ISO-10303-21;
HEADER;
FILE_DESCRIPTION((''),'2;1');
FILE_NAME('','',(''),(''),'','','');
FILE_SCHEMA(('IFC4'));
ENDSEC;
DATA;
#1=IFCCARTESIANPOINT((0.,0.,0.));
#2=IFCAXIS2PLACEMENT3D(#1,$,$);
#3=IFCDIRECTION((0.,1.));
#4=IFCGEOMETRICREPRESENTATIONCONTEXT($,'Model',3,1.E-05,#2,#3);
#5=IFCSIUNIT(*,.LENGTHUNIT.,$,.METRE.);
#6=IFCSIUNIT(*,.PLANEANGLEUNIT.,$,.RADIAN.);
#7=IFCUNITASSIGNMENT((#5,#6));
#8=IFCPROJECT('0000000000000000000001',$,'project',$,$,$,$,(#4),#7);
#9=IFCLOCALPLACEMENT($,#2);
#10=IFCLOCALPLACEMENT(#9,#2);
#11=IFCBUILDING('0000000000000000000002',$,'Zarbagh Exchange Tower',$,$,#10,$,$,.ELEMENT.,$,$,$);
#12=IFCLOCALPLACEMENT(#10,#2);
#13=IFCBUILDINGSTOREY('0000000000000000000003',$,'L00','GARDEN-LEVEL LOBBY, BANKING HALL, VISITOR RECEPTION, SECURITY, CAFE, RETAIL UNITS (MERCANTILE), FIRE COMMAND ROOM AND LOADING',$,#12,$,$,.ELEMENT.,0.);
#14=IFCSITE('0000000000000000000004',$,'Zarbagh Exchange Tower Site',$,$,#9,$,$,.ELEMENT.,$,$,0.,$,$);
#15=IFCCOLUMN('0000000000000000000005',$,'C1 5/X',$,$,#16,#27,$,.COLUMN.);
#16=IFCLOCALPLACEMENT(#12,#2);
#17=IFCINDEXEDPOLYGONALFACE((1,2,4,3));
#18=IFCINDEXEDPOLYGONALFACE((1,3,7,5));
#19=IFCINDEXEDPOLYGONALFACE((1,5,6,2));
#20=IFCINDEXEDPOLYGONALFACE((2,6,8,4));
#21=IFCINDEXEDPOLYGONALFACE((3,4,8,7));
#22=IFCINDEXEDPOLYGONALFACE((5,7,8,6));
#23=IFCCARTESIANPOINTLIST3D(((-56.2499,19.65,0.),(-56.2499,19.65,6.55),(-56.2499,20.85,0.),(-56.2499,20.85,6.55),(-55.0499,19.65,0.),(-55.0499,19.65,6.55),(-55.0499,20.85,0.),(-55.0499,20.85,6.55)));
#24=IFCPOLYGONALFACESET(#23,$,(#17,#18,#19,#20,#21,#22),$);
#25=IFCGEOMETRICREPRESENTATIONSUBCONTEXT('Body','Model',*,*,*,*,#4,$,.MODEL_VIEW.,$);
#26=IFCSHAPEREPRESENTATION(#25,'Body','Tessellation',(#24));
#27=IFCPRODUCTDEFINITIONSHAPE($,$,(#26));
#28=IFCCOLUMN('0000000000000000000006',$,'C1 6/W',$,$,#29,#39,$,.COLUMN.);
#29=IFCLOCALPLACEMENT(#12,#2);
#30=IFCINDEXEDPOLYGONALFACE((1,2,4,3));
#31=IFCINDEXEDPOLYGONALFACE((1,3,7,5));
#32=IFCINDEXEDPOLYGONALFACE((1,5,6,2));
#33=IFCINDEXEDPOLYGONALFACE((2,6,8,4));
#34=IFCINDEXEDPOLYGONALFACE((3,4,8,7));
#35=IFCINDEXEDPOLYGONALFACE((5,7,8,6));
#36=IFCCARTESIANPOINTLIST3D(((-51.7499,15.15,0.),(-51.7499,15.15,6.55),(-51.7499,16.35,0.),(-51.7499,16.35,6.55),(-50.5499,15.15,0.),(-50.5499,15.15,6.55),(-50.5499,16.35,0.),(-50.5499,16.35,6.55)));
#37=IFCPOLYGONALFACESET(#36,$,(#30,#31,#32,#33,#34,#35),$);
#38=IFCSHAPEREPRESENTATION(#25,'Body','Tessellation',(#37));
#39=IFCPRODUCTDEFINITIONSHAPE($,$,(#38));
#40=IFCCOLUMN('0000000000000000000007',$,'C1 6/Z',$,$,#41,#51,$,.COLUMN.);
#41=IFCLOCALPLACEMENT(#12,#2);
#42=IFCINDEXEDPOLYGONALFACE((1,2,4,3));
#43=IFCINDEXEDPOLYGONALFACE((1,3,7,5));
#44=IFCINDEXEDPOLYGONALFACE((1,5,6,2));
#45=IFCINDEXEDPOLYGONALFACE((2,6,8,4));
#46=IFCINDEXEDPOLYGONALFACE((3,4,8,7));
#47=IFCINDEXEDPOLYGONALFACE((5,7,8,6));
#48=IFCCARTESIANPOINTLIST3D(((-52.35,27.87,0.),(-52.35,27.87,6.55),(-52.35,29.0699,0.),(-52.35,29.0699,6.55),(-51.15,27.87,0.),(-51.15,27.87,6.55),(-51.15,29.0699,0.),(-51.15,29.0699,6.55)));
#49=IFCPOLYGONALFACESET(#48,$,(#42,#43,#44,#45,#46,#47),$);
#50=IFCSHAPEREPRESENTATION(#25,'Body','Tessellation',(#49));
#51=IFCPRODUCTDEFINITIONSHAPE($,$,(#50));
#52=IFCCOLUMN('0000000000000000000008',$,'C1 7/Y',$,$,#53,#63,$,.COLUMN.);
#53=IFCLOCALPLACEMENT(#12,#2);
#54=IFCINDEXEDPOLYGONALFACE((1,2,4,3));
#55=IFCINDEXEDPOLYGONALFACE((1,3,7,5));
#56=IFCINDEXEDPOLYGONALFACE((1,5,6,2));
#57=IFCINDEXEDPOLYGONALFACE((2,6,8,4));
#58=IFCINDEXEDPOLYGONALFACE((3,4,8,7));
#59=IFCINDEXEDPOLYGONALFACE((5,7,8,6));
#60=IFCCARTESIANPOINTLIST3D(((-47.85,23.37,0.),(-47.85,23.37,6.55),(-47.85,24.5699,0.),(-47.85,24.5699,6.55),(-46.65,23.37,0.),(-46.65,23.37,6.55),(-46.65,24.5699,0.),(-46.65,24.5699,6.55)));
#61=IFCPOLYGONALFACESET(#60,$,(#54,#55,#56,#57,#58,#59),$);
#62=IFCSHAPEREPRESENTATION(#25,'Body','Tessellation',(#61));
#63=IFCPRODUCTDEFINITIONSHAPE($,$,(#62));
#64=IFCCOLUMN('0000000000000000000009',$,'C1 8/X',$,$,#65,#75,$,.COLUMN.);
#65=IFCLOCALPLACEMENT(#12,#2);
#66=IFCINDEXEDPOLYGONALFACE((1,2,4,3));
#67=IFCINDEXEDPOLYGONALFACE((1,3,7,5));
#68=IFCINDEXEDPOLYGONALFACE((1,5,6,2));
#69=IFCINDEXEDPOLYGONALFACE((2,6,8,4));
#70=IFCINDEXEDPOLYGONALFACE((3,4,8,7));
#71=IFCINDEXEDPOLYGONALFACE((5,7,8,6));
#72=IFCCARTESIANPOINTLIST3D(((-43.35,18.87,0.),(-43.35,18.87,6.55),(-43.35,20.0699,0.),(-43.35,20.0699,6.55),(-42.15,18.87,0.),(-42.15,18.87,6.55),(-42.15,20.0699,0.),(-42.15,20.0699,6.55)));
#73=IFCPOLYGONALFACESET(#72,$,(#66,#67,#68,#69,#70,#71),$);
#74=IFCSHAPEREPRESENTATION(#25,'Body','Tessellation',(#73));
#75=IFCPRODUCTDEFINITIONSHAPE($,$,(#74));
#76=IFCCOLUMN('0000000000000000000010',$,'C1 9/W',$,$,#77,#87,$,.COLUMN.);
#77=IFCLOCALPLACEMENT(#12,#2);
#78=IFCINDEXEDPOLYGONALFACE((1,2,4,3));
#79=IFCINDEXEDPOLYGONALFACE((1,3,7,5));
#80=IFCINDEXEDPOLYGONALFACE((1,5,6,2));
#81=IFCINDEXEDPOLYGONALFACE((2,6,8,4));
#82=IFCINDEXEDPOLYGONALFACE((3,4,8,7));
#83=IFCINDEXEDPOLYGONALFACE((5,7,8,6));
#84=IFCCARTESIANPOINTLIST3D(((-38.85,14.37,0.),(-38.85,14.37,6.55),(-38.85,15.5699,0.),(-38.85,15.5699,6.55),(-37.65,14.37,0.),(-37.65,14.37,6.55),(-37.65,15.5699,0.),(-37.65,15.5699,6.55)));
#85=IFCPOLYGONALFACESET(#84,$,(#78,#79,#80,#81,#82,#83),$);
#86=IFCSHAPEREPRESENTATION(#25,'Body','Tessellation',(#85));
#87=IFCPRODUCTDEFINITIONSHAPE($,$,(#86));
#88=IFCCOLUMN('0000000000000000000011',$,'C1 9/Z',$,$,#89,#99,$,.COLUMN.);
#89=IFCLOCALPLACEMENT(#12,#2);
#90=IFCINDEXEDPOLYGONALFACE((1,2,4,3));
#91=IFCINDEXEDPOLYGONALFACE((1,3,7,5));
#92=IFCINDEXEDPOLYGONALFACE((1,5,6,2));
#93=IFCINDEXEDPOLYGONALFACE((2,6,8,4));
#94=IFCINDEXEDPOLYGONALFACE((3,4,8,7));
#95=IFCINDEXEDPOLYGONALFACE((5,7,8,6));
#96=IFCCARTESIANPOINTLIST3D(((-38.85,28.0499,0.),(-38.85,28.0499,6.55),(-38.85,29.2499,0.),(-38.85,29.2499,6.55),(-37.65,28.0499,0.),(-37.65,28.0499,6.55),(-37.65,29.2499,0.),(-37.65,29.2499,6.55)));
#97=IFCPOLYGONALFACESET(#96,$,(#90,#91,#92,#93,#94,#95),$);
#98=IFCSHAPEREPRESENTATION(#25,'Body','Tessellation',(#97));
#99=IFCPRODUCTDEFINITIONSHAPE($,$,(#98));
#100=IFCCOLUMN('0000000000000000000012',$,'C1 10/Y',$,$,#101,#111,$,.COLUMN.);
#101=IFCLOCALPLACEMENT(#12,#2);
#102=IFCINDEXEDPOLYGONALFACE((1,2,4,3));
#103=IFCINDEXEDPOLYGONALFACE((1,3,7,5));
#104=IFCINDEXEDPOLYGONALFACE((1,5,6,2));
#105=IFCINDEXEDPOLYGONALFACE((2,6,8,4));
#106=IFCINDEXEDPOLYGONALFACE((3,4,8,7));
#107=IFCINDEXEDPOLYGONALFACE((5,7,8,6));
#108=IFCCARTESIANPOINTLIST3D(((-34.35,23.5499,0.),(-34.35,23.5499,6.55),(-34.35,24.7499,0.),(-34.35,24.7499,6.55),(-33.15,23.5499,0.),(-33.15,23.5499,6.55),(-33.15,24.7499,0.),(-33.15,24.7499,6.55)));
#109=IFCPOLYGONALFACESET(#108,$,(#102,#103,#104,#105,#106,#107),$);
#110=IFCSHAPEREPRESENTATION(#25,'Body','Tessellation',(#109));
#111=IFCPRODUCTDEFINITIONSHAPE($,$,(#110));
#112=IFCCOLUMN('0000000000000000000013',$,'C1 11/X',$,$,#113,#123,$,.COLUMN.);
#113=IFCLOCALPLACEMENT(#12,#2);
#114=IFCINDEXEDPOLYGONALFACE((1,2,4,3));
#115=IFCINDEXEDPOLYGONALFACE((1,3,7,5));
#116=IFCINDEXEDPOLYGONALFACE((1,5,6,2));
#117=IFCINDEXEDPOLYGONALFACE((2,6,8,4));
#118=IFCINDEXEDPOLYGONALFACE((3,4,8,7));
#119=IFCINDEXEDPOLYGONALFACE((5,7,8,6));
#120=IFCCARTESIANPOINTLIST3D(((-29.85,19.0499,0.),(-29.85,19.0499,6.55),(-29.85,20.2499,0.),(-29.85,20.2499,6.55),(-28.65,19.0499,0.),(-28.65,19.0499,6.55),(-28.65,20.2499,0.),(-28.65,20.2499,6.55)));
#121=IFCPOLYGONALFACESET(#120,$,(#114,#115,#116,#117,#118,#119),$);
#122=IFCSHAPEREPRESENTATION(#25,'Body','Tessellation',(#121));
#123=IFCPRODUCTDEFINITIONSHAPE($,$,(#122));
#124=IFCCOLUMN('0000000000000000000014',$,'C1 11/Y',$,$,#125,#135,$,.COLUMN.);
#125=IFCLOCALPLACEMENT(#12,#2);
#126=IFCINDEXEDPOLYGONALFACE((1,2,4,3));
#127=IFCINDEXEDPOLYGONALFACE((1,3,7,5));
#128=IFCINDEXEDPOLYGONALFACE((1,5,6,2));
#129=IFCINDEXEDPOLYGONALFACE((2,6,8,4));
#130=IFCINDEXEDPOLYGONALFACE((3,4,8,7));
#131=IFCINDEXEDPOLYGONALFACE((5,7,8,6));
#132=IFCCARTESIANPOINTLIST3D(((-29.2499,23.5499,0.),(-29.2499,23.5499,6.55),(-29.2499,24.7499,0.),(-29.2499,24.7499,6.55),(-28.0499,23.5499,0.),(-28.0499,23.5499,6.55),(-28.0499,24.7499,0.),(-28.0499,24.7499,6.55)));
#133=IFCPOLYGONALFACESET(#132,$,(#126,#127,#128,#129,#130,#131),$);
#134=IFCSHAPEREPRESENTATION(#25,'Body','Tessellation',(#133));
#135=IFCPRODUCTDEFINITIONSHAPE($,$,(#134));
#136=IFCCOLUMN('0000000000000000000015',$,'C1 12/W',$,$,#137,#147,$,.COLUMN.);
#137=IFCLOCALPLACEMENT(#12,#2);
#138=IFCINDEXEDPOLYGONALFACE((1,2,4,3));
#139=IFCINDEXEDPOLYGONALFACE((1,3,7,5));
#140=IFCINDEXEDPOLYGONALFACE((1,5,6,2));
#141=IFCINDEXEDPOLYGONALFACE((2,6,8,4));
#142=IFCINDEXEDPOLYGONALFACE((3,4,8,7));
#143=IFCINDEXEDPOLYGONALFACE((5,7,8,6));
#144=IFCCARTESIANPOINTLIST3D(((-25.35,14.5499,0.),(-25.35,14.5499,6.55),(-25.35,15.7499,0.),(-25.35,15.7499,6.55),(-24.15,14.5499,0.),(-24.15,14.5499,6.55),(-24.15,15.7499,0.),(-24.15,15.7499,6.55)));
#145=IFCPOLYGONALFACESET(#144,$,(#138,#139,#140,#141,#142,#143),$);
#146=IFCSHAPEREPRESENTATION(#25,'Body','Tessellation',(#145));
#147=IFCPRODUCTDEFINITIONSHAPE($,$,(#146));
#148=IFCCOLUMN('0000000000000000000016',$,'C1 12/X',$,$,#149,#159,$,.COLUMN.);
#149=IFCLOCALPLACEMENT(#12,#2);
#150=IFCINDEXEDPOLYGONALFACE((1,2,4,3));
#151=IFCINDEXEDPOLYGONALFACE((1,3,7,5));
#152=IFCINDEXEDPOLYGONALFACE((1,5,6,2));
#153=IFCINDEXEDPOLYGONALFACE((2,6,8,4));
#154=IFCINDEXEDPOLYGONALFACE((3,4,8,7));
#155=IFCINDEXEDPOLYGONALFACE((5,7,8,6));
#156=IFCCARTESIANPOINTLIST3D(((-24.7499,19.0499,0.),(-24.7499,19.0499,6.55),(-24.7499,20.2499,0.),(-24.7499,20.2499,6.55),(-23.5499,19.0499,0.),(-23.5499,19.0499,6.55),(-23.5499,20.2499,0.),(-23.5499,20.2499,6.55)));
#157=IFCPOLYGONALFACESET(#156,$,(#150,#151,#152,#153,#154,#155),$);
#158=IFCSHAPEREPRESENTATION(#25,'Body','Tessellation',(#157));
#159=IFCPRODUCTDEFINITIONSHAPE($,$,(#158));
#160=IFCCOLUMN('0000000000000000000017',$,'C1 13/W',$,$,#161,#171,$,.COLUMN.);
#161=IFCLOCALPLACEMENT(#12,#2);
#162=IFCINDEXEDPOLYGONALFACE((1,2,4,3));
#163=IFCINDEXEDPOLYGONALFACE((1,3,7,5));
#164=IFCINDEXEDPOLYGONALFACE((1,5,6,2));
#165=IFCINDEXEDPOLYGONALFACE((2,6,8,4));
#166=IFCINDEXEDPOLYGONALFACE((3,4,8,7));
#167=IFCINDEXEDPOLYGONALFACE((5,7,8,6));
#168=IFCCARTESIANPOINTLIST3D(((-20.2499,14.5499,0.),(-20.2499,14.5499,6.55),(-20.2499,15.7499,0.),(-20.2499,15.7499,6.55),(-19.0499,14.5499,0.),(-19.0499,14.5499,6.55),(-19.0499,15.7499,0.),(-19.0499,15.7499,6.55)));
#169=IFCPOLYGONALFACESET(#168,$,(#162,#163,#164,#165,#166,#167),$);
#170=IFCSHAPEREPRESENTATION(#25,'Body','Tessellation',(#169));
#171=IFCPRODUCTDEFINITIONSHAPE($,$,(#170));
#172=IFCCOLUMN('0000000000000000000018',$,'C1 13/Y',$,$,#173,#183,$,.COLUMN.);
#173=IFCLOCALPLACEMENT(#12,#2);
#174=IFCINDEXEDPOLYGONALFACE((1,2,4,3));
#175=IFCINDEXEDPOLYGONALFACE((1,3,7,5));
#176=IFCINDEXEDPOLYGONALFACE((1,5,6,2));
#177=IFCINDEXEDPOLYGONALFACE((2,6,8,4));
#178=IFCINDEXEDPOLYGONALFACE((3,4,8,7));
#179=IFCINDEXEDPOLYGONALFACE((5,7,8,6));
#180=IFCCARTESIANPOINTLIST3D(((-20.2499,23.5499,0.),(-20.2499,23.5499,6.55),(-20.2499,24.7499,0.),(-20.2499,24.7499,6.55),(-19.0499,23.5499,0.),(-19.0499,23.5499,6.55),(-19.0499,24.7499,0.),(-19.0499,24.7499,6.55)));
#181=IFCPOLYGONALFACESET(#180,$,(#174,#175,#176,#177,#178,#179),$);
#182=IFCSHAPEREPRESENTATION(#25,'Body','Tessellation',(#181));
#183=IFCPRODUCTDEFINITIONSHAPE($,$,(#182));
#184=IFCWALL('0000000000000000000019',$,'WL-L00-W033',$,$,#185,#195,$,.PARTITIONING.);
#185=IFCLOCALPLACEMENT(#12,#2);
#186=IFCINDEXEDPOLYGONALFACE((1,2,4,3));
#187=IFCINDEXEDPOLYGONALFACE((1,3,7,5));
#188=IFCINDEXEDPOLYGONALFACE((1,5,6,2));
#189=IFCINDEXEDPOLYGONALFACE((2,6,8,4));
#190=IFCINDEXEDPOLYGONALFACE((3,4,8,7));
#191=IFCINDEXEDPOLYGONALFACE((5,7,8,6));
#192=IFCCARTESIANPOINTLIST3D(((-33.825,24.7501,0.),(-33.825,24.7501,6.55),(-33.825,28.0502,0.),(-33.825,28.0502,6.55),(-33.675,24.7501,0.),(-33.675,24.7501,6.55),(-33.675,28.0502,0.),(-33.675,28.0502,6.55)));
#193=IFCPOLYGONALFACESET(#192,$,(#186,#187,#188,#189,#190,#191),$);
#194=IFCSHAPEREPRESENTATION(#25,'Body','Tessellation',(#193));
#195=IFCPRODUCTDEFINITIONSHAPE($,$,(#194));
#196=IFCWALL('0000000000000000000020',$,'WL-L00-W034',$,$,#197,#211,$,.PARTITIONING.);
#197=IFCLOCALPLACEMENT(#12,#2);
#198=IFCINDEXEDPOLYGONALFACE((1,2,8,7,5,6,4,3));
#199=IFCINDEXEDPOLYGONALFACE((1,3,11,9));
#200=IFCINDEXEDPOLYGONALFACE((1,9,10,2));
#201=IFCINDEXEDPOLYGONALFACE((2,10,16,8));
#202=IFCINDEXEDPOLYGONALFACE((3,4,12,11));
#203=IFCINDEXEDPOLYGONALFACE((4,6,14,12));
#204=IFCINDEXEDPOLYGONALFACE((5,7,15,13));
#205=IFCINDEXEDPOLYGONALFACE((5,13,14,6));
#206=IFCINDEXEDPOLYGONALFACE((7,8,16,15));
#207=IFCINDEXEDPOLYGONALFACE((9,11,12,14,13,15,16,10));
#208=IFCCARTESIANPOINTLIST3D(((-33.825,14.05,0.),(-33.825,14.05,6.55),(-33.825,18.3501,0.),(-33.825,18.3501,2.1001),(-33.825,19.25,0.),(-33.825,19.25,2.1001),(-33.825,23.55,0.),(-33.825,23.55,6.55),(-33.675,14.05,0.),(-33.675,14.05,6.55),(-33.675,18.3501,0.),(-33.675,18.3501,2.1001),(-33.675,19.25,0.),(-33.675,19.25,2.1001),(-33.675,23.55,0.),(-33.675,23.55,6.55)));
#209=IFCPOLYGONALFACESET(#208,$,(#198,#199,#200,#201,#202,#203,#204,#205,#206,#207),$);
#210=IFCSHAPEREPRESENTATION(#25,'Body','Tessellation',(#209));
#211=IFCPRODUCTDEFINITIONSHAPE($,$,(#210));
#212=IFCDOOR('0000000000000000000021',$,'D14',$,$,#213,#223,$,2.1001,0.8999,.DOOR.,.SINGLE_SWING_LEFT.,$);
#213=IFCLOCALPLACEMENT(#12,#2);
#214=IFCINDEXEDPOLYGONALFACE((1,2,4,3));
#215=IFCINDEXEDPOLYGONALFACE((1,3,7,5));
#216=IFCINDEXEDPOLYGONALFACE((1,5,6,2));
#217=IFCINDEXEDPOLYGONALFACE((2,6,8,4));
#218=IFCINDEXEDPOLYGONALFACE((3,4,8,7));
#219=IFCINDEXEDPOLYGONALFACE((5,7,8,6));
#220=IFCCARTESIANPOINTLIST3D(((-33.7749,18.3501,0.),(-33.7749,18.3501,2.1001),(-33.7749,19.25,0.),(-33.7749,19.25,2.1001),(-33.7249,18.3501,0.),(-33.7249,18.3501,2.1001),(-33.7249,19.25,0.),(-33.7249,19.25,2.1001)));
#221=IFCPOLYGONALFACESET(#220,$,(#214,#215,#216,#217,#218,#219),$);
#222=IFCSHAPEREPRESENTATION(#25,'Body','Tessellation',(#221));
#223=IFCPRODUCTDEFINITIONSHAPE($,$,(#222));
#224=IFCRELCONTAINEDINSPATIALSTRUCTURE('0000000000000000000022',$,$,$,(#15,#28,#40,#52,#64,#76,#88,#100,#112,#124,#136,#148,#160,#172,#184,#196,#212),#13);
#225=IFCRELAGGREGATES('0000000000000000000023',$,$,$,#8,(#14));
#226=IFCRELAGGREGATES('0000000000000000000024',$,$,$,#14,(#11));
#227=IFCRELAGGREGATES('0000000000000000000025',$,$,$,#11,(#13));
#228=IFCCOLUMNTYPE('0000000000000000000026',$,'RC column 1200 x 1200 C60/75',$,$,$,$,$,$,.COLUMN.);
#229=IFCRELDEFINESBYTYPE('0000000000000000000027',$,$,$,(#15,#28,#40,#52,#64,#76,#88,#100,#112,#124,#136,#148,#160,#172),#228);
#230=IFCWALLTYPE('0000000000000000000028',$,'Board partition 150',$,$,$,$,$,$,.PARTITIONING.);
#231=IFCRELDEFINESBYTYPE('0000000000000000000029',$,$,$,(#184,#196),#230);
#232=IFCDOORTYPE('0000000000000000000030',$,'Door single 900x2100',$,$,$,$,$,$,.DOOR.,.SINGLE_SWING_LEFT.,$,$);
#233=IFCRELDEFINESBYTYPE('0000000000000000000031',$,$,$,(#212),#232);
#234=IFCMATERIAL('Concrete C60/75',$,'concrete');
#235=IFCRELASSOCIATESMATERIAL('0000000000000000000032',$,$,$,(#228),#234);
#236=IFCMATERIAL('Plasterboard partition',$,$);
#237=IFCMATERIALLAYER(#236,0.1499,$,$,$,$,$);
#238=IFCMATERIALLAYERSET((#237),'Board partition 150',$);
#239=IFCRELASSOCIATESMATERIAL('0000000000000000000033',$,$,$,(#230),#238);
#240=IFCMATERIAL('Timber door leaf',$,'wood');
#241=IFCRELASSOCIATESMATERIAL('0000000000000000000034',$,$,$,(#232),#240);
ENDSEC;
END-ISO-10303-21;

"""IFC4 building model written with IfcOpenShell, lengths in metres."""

from ifc_helpers import new_model, si_unit, direction, frame, frame_2d, origin, origin_2d, place, context, subcontext, project, spatial, rectangle, extrude, material, layer, layer_set, material_profile, profile_set, type_object, element, fill, save


model = new_model("IFC4")

# Units and contexts
model_context = context("Model", 3, precision=1e-05, world=origin(), true_north=direction((0.0, 1.0)))
body_context = subcontext(model_context, "Body", "Model", "MODEL_VIEW")
ifc_project = project(units=[si_unit("LENGTHUNIT", "METRE"), si_unit("PLANEANGLEUNIT", "RADIAN")], contexts=[model_context])

# Site, building, storey
site_placement = place(None, origin())
site = spatial("IfcSite", under=ifc_project, at=site_placement, Name="Zarbagh Exchange Tower Site", CompositionType="ELEMENT", RefElevation=0.0)
building_placement = place(site_placement, origin())
building = spatial("IfcBuilding", under=site, at=building_placement, Name="Zarbagh Exchange Tower", CompositionType="ELEMENT")
storey_placement = place(building_placement, origin())
storey = spatial("IfcBuildingStorey", under=building, at=storey_placement, Name="L00", Description="GARDEN-LEVEL LOBBY, BANKING HALL, VISITOR RECEPTION, SECURITY, CAFE, RETAIL UNITS (MERCANTILE), FIRE COMMAND ROOM AND LOADING", CompositionType="ELEMENT", Elevation=0.0)

# Columns
ifc_material_1 = material(Name="Concrete C60/75", Category="concrete")
ifc_material_profile = material_profile(ifc_material_1, rectangle(XDim=1.2, YDim=1.2, at=origin_2d()), Name="RC column 1200 x 1200 C60/75")
ifc_profile_set = profile_set([ifc_material_profile], Name="Concrete C60/75")
column_type = type_object("IfcColumnType", Name="RC column 1200 x 1200 C60/75", PredefinedType="COLUMN", material=ifc_profile_set)
for number, where, z_axis, x_axis, name in (
    (1, (-55.6499, 20.25, 0.0), (0.0, 0.0, 1.0), (1.0, 0.0, 0.0), "C1 5/X"),
    (2, (-51.1499, 15.75, 0.0), (0.0, 0.0, 1.0), (1.0, 0.0, 0.0), "C1 6/W"),
    (3, (-51.75, 28.47, 0.0), (0.0, 0.0, 1.0), (1.0, 0.0, 0.0), "C1 6/Z"),
    (4, (-47.25, 23.97, 0.0), (0.0, 0.0, 1.0), (1.0, 0.0, 0.0), "C1 7/Y"),
    (5, (-42.75, 19.47, 0.0), (0.0, 0.0, 1.0), (1.0, 0.0, 0.0), "C1 8/X"),
    (6, (-38.25, 14.97, 0.0), (0.0, 0.0, 1.0), (1.0, 0.0, 0.0), "C1 9/W"),
    (7, (-38.25, 28.6499, 0.0), (0.0, 0.0, 1.0), (1.0, 0.0, 0.0), "C1 9/Z"),
    (8, (-33.75, 24.1499, 0.0), (0.0, 0.0, 1.0), (1.0, 0.0, 0.0), "C1 10/Y"),
    (9, (-29.25, 19.6499, 0.0), (0.0, 0.0, 1.0), (1.0, 0.0, 0.0), "C1 11/X"),
    (10, (-28.6499, 24.1499, 0.0), (0.0, 0.0, 1.0), (1.0, 0.0, 0.0), "C1 11/Y"),
    (11, (-24.75, 15.1499, 0.0), (0.0, 0.0, 1.0), (1.0, 0.0, 0.0), "C1 12/W"),
    (12, (-24.1499, 19.6499, 0.0), (0.0, 0.0, 1.0), (1.0, 0.0, 0.0), "C1 12/X"),
    (13, (-19.6499, 15.1499, 0.0), (0.0, 0.0, 1.0), (1.0, 0.0, 0.0), "C1 13/W"),
    (14, (-19.6499, 24.1499, 0.0), (0.0, 0.0, 1.0), (1.0, 0.0, 0.0), "C1 13/Y"),
):
    element("IfcColumn", number, at=place(storey_placement, frame(where, z_axis=z_axis, x_axis=x_axis)), inside=storey, type_object=column_type, Name=name, PredefinedType="COLUMN", context=body_context, shape_type="SweptSolid", body=[
        extrude(rectangle(XDim=1.2, YDim=1.2, at=origin_2d()), origin(), (0.0, 0.0, 1.0), 6.55),
    ])

# Wall
ifc_material_2 = material(Name="Plasterboard partition")
ifc_layer = layer(ifc_material_2, 0.1499)
ifc_layer_set = layer_set([ifc_layer], Name="Board partition 150")
wall_type = type_object("IfcWallType", Name="Board partition 150", PredefinedType="PARTITIONING", material=ifc_layer_set)
wall_1_placement = place(storey_placement, frame((-33.75, 28.05, 0.0), z_axis=(0.0, 0.0, 1.0), x_axis=(0.0, -1.0, 0.0)))
element("IfcWall", 15, at=wall_1_placement, inside=storey, type_object=wall_type, Name="WL-L00-W033", PredefinedType="PARTITIONING", context=body_context, shape_type="SweptSolid", body=[
    extrude(rectangle(XDim=3.3, YDim=0.1499, at=frame_2d((1.6499, 0.0))), origin(), (0.0, 0.0, 1.0), 6.55),
])

# Wall, opening, door
wall_2_placement = place(storey_placement, frame((-33.75, 14.05, 0.0), z_axis=(0.0, 0.0, 1.0), x_axis=(0.0, 1.0, 0.0)))
wall_2 = element("IfcWall", 16, at=wall_2_placement, inside=storey, type_object=wall_type, Name="WL-L00-W034", PredefinedType="PARTITIONING", context=body_context, shape_type="SweptSolid", body=[
    extrude(rectangle(XDim=9.5, YDim=0.1499, at=frame_2d((4.75, 0.0))), origin(), (0.0, 0.0, 1.0), 6.55),
])
opening_placement = place(wall_2_placement, frame((4.3, 0.0, 0.0)))
opening = element("IfcOpeningElement", 17, at=opening_placement, cuts=wall_2, PredefinedType="OPENING", context=body_context, shape_type="SweptSolid", body=[
    extrude(rectangle(XDim=0.8999, YDim=2.1001, at=frame_2d((0.45, 1.05))), frame((0.0, 0.085, 0.0), z_axis=(0.0, -1.0, 0.0), x_axis=(1.0, 0.0, 0.0)), (0.0, 0.0, 1.0), 0.1699),
])
ifc_material_3 = material(Name="Timber door leaf", Category="wood")
door_type = type_object("IfcDoorType", Name="Door single 900x2100", OperationType="SINGLE_SWING_LEFT", PredefinedType="DOOR", material=ifc_material_3)
door_placement = place(opening_placement, origin())
door = element("IfcDoor", 18, at=door_placement, inside=storey, type_object=door_type, Name="D14", OperationType="SINGLE_SWING_LEFT", OverallHeight=2.1001, OverallWidth=0.8999, PredefinedType="DOOR", context=body_context, shape_type="SweptSolid", body=[
    extrude(rectangle(XDim=0.8999, YDim=2.1001, at=frame_2d((0.45, 1.05))), frame((0.0, 0.0249, 0.0), z_axis=(0.0, -1.0, 0.0), x_axis=(1.0, 0.0, 0.0)), (0.0, 0.0, 1.0), 0.05),
])
fill(opening, door)

save(model, "model.ifc")
